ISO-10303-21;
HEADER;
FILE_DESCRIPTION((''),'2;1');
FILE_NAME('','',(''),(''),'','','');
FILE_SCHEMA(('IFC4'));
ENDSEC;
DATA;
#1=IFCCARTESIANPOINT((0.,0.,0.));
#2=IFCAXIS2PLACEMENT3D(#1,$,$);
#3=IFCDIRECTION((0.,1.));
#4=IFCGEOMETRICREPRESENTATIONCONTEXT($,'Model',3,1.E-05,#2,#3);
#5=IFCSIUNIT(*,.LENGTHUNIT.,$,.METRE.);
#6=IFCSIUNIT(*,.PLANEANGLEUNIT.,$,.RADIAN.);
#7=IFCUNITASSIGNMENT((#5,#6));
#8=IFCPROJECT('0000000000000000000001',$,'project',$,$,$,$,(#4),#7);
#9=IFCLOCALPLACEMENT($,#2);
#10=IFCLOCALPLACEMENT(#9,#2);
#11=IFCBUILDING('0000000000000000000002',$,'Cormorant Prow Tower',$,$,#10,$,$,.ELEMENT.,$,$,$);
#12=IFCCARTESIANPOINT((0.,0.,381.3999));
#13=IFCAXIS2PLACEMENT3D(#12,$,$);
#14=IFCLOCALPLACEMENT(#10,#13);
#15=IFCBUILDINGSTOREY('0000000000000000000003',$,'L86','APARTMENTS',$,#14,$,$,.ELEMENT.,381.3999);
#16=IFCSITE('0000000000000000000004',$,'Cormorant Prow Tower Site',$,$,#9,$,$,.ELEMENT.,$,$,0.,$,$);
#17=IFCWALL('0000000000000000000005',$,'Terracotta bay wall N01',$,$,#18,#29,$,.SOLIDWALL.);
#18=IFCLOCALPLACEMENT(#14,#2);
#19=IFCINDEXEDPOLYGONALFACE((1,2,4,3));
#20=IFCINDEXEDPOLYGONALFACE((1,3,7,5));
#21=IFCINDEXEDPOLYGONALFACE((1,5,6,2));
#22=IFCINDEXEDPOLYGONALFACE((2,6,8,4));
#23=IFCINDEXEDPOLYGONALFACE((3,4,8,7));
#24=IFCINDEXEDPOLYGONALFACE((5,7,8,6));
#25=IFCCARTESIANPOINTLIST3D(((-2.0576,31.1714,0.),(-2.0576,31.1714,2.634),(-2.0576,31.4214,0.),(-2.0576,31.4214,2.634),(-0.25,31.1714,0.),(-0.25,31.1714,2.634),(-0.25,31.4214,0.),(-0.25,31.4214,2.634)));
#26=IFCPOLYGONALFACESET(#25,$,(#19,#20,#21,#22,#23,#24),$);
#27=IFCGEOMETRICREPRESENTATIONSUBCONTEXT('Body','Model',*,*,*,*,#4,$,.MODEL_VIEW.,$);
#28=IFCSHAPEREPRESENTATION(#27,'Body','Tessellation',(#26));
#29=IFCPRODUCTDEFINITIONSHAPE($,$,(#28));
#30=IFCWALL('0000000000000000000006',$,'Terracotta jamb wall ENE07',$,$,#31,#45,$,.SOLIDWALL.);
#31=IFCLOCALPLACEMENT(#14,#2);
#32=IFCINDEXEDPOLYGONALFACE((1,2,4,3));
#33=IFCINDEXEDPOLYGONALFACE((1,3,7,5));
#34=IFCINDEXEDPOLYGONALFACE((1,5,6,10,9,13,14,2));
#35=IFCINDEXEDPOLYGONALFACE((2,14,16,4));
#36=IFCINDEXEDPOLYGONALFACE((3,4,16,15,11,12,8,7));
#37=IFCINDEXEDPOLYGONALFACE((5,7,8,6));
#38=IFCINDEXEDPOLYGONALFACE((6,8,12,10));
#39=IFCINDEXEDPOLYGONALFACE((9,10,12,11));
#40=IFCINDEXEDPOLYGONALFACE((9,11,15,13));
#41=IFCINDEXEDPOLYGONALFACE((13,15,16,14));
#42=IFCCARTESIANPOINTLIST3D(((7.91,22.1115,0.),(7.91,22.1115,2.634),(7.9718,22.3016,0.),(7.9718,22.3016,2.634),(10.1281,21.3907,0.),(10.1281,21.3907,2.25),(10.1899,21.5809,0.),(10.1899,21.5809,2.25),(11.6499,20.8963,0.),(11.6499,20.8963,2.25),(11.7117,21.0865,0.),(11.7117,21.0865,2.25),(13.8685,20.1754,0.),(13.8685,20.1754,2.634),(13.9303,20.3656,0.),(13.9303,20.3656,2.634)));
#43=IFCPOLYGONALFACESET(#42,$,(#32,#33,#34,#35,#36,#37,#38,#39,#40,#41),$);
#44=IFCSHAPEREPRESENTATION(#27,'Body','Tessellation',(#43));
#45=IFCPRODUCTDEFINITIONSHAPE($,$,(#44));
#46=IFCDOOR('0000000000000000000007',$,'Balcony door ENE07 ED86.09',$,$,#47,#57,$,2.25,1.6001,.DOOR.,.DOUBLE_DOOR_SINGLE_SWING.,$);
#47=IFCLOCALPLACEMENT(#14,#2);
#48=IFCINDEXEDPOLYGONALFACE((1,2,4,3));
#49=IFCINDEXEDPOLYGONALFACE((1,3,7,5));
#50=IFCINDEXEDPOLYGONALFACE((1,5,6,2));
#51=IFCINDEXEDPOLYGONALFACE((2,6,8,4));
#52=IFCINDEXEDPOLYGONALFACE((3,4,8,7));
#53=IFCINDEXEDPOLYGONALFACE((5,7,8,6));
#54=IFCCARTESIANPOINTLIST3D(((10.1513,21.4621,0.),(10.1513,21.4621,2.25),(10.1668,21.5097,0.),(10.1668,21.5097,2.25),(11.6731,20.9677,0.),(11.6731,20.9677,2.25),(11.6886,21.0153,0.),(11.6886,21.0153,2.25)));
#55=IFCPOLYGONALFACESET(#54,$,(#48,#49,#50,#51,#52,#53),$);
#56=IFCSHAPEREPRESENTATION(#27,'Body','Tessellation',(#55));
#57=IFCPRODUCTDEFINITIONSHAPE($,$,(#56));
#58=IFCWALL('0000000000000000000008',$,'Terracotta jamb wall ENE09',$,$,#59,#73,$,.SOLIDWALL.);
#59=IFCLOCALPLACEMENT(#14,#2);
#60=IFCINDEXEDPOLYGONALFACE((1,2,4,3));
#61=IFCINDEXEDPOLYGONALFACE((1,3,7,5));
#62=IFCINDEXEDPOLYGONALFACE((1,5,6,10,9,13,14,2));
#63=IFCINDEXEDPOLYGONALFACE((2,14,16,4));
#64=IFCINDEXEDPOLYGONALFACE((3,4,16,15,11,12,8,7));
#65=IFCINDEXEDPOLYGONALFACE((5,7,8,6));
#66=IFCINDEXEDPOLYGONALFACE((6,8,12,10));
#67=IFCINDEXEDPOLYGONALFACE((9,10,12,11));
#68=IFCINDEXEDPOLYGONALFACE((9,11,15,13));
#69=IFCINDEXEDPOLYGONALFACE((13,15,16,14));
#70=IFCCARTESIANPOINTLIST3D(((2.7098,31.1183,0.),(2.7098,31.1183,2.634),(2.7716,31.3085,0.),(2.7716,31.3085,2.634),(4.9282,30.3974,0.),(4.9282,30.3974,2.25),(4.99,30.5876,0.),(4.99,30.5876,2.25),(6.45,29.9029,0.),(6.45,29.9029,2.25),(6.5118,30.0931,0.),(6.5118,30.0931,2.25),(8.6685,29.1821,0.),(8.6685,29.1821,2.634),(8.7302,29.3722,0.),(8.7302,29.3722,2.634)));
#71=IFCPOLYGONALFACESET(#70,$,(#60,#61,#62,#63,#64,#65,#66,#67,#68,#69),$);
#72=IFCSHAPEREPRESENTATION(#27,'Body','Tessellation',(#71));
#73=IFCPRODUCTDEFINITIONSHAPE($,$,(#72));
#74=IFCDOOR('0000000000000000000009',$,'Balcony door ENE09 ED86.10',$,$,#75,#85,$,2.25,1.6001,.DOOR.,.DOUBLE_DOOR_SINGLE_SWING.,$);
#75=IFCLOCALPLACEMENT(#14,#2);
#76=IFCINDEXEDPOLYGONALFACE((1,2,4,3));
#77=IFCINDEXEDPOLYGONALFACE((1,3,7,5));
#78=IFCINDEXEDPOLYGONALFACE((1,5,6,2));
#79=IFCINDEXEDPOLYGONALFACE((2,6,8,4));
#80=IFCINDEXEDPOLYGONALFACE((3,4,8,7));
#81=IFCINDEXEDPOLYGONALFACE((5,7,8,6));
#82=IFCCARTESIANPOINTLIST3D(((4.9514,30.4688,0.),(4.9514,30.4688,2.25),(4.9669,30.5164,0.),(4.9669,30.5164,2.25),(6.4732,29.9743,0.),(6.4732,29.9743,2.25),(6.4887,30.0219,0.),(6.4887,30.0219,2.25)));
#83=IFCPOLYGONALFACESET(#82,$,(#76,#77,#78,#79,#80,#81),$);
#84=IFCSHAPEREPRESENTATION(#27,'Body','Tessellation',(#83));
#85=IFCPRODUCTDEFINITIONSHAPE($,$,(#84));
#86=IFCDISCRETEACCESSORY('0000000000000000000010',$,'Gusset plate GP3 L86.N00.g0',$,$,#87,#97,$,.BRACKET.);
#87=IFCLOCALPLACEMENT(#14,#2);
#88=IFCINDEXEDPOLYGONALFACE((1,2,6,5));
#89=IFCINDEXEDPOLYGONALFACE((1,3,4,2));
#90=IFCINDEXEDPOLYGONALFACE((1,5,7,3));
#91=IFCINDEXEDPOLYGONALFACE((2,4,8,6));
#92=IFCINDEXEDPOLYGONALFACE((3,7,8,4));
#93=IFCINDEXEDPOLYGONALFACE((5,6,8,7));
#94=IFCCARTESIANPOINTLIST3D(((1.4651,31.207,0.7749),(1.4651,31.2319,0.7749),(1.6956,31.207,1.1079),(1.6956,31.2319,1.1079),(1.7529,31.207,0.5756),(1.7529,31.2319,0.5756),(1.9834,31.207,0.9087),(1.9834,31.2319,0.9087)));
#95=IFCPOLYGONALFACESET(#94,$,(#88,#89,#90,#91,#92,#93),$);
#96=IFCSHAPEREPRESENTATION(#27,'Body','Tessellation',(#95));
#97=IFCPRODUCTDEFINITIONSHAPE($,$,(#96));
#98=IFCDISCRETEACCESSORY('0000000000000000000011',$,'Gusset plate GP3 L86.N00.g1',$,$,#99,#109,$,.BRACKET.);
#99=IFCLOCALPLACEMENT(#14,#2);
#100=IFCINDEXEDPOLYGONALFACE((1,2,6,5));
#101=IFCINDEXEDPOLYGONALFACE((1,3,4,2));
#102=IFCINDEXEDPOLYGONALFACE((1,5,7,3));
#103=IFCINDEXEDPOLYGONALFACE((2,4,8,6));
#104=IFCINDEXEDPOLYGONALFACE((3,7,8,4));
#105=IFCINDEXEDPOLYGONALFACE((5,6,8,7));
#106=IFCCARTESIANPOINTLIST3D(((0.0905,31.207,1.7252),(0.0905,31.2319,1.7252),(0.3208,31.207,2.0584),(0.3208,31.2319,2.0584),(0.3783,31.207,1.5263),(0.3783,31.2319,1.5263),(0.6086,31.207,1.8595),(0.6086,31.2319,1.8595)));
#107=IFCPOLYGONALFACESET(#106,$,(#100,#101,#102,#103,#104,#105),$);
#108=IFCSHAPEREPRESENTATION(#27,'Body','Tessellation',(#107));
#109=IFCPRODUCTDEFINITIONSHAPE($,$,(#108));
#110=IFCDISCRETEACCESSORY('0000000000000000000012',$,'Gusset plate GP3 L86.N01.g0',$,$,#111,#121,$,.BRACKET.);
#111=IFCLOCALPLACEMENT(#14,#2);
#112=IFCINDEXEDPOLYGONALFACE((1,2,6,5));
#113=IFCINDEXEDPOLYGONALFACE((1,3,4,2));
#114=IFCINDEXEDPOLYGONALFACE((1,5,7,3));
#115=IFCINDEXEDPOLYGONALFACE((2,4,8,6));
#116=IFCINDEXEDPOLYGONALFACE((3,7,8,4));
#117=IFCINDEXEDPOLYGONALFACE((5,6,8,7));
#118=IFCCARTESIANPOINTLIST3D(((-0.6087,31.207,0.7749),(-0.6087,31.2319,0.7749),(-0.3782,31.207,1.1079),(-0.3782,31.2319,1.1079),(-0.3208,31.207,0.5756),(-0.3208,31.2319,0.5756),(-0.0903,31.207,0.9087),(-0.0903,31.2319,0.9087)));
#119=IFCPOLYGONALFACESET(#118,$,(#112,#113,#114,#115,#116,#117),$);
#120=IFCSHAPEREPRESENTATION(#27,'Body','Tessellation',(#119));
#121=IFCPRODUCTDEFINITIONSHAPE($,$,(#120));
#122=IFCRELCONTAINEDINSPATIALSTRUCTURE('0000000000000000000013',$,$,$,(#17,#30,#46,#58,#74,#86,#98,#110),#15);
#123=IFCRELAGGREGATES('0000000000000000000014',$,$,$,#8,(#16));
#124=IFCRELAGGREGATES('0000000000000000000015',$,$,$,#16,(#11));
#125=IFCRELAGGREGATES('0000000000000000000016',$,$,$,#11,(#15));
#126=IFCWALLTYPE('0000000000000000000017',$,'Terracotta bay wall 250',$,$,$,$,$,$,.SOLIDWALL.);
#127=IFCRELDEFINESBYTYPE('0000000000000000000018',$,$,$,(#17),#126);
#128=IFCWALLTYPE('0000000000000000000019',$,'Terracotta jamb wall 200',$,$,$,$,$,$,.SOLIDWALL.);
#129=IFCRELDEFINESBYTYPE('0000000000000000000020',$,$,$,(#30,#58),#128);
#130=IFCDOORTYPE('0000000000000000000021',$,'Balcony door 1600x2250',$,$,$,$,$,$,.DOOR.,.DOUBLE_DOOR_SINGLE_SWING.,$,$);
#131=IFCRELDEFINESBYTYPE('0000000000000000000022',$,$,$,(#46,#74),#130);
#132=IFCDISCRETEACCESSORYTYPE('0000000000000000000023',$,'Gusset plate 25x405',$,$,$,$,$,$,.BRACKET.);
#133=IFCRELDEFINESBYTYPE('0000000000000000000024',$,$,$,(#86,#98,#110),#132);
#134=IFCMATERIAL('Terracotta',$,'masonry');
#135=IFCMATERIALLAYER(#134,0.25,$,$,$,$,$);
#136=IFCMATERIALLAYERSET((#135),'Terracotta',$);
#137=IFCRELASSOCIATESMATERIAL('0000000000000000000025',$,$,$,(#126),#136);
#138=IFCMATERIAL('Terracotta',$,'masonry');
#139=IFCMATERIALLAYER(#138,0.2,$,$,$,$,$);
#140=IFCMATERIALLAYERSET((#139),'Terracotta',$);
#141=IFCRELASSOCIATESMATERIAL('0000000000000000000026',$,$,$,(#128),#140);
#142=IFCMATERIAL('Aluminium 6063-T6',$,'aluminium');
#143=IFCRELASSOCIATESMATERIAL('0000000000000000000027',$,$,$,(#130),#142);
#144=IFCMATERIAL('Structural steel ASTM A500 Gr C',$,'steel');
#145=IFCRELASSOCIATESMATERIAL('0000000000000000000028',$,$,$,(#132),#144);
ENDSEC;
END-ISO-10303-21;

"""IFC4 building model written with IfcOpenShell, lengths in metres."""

from ifc_helpers import new_model, si_unit, direction, frame, frame_2d, origin, origin_2d, place, context, subcontext, project, spatial, rectangle, extrude, material, layer, layer_set, material_profile, profile_set, type_object, element, fill, save


model = new_model("IFC4")

# Units and contexts
model_context = context("Model", 3, precision=1e-05, world=origin(), true_north=direction((0.0, 1.0)))
body_context = subcontext(model_context, "Body", "Model", "MODEL_VIEW")
ifc_project = project(units=[si_unit("LENGTHUNIT", "METRE"), si_unit("PLANEANGLEUNIT", "RADIAN")], contexts=[model_context])

# Site, building, storey
site_placement = place(None, origin())
site = spatial("IfcSite", under=ifc_project, at=site_placement, Name="Cormorant Prow Tower Site", CompositionType="ELEMENT", RefElevation=0.0)
building_placement = place(site_placement, origin())
building = spatial("IfcBuilding", under=site, at=building_placement, Name="Cormorant Prow Tower", CompositionType="ELEMENT")
storey_placement = place(building_placement, frame((0.0, 0.0, 381.3999)))
storey = spatial("IfcBuildingStorey", under=building, at=storey_placement, Name="L86", Description="APARTMENTS", CompositionType="ELEMENT", Elevation=381.3999)

# Shared definitions
ifc_material_1 = material(Name="Terracotta", Category="masonry")
ifc_layer_1 = layer(ifc_material_1, 0.25)
ifc_layer_set_1 = layer_set([ifc_layer_1], Name="Terracotta")
wall_type_1 = type_object("IfcWallType", Name="Terracotta bay wall 250", PredefinedType="SOLIDWALL", material=ifc_layer_set_1)

# Wall
wall_1_placement = place(storey_placement, frame((-0.25, 31.2964, 0.0), z_axis=(0.0, 0.0, 1.0), x_axis=(-1.0, 0.0, 0.0)))
element("IfcWall", 1, at=wall_1_placement, inside=storey, type_object=wall_type_1, Name="Terracotta bay wall N01", PredefinedType="SOLIDWALL", context=body_context, shape_type="SweptSolid", body=[
    extrude(rectangle(XDim=1.8076, YDim=0.25, at=frame_2d((0.9038, 0.0))), origin(), (0.0, 0.0, 1.0), 2.634),
])

# Walls, openings, doors
ifc_material_2 = material(Name="Terracotta", Category="masonry")
ifc_layer_2 = layer(ifc_material_2, 0.2)
ifc_layer_set_2 = layer_set([ifc_layer_2], Name="Terracotta")
wall_type_2 = type_object("IfcWallType", Name="Terracotta jamb wall 200", PredefinedType="SOLIDWALL", material=ifc_layer_set_2)
wall_2_placement = place(storey_placement, frame((13.8994, 20.2705, 0.0), z_axis=(0.0, 0.0, 1.0), x_axis=(-0.951056, 0.309017, 0.0)))
wall_2 = element("IfcWall", 2, at=wall_2_placement, inside=storey, type_object=wall_type_2, Name="Terracotta jamb wall ENE07", PredefinedType="SOLIDWALL", context=body_context, shape_type="SweptSolid", body=[
    extrude(rectangle(XDim=6.2651, YDim=0.2, at=frame_2d((3.1326, 0.0))), origin(), (0.0, 0.0, 1.0), 2.634),
])
opening_1_placement = place(wall_2_placement, frame((2.3328, 0.0, 0.0)))
opening_1 = element("IfcOpeningElement", 3, at=opening_1_placement, cuts=wall_2, PredefinedType="OPENING", context=body_context, shape_type="SweptSolid", body=[
    extrude(rectangle(XDim=1.6001, YDim=2.25, at=frame_2d((0.8, 1.125))), frame((0.0, 0.1099, 0.0), z_axis=(0.0, -1.0, 0.0), x_axis=(1.0, 0.0, 0.0)), (0.0, 0.0, 1.0), 0.22),
])
ifc_material_3 = material(Name="Aluminium 6063-T6", Category="aluminium")
door_type_1 = type_object("IfcDoorType", Name="Balcony door 1600x2250", OperationType="DOUBLE_DOOR_SINGLE_SWING", PredefinedType="DOOR", material=ifc_material_3)
door_1_placement = place(opening_1_placement, origin())
door_1 = element("IfcDoor", 4, at=door_1_placement, inside=storey, type_object=door_type_1, Name="Balcony door ENE07 ED86.09", OperationType="DOUBLE_DOOR_SINGLE_SWING", OverallHeight=2.25, OverallWidth=1.6001, PredefinedType="DOOR", context=body_context, shape_type="SweptSolid", body=[
    extrude(rectangle(XDim=1.6001, YDim=2.25, at=frame_2d((0.8, 1.125))), frame((0.0, 0.0249, 0.0), z_axis=(0.0, -1.0, 0.0), x_axis=(1.0, 0.0, 0.0)), (0.0, 0.0, 1.0), 0.05),
])
fill(opening_1, door_1)
wall_3_placement = place(storey_placement, frame((8.6995, 29.2771, 0.0), z_axis=(0.0, 0.0, 1.0), x_axis=(-0.951049, 0.309041, 0.0)))
wall_3 = element("IfcWall", 5, at=wall_3_placement, inside=storey, type_object=wall_type_2, Name="Terracotta jamb wall ENE09", PredefinedType="SOLIDWALL", context=body_context, shape_type="SweptSolid", body=[
    extrude(rectangle(XDim=6.2654, YDim=0.2, at=frame_2d((3.1328, 0.0))), origin(), (0.0, 0.0, 1.0), 2.634),
])
opening_2_placement = place(wall_3_placement, frame((2.3328, 0.0, 0.0)))
opening_2 = element("IfcOpeningElement", 6, at=opening_2_placement, cuts=wall_3, PredefinedType="OPENING", context=body_context, shape_type="SweptSolid", body=[
    extrude(rectangle(XDim=1.6001, YDim=2.25, at=frame_2d((0.8, 1.125))), frame((0.0, 0.1099, 0.0), z_axis=(0.0, -1.0, 0.0), x_axis=(1.0, 0.0, 0.0)), (0.0, 0.0, 1.0), 0.22),
])
door_2_placement = place(opening_2_placement, origin())
door_2 = element("IfcDoor", 7, at=door_2_placement, inside=storey, type_object=door_type_1, Name="Balcony door ENE09 ED86.10", OperationType="DOUBLE_DOOR_SINGLE_SWING", OverallHeight=2.25, OverallWidth=1.6001, PredefinedType="DOOR", context=body_context, shape_type="SweptSolid", body=[
    extrude(rectangle(XDim=1.6001, YDim=2.25, at=frame_2d((0.8, 1.125))), frame((0.0, 0.0249, 0.0), z_axis=(0.0, -1.0, 0.0), x_axis=(1.0, 0.0, 0.0)), (0.0, 0.0, 1.0), 0.05),
])
fill(opening_2, door_2)

# Discrete accessories
ifc_material_4 = material(Name="Structural steel ASTM A500 Gr C", Category="steel")
ifc_material_profile_1 = material_profile(ifc_material_4, rectangle(XDim=0.0249, YDim=0.405, at=origin_2d()), Name="Gusset plate 25x405")
ifc_profile_set_1 = profile_set([ifc_material_profile_1], Name="Structural steel ASTM A500 Gr C")
discrete_accessory_type = type_object("IfcDiscreteAccessoryType", Name="Gusset plate 25x405", PredefinedType="BRACKET", material=ifc_profile_set_1)
discrete_accessory_1_placement = place(storey_placement, frame((1.5803, 31.2195, 0.9414), z_axis=(0.822268, 0.0, -0.569101), x_axis=(0.0, 1.0, 0.0)))
element("IfcDiscreteAccessory", 8, at=discrete_accessory_1_placement, inside=storey, type_object=discrete_accessory_type, Name="Gusset plate GP3 L86.N00.g0", PredefinedType="BRACKET", context=body_context, shape_type="SweptSolid", body=[
    extrude(rectangle(XDim=0.0249, YDim=0.405, at=origin_2d()), origin(), (0.0, 0.0, 1.0), 0.3501),
])
discrete_accessory_2_placement = place(storey_placement, frame((0.4934, 31.2195, 1.6929), z_axis=(-0.822594, 0.0, 0.568629), x_axis=(0.0, -1.0, 0.0)))
element("IfcDiscreteAccessory", 9, at=discrete_accessory_2_placement, inside=storey, type_object=discrete_accessory_type, Name="Gusset plate GP3 L86.N00.g1", PredefinedType="BRACKET", context=body_context, shape_type="SweptSolid", body=[
    extrude(rectangle(XDim=0.0249, YDim=0.405, at=origin_2d()), origin(), (0.0, 0.0, 1.0), 0.3499),
])
discrete_accessory_3_placement = place(storey_placement, frame((-0.4934, 31.2195, 0.9414), z_axis=(0.822268, 0.0, -0.569101), x_axis=(0.0, 1.0, 0.0)))
element("IfcDiscreteAccessory", 10, at=discrete_accessory_3_placement, inside=storey, type_object=discrete_accessory_type, Name="Gusset plate GP3 L86.N01.g0", PredefinedType="BRACKET", context=body_context, shape_type="SweptSolid", body=[
    extrude(rectangle(XDim=0.0249, YDim=0.405, at=origin_2d()), origin(), (0.0, 0.0, 1.0), 0.3501),
])

save(model, "model.ifc")
